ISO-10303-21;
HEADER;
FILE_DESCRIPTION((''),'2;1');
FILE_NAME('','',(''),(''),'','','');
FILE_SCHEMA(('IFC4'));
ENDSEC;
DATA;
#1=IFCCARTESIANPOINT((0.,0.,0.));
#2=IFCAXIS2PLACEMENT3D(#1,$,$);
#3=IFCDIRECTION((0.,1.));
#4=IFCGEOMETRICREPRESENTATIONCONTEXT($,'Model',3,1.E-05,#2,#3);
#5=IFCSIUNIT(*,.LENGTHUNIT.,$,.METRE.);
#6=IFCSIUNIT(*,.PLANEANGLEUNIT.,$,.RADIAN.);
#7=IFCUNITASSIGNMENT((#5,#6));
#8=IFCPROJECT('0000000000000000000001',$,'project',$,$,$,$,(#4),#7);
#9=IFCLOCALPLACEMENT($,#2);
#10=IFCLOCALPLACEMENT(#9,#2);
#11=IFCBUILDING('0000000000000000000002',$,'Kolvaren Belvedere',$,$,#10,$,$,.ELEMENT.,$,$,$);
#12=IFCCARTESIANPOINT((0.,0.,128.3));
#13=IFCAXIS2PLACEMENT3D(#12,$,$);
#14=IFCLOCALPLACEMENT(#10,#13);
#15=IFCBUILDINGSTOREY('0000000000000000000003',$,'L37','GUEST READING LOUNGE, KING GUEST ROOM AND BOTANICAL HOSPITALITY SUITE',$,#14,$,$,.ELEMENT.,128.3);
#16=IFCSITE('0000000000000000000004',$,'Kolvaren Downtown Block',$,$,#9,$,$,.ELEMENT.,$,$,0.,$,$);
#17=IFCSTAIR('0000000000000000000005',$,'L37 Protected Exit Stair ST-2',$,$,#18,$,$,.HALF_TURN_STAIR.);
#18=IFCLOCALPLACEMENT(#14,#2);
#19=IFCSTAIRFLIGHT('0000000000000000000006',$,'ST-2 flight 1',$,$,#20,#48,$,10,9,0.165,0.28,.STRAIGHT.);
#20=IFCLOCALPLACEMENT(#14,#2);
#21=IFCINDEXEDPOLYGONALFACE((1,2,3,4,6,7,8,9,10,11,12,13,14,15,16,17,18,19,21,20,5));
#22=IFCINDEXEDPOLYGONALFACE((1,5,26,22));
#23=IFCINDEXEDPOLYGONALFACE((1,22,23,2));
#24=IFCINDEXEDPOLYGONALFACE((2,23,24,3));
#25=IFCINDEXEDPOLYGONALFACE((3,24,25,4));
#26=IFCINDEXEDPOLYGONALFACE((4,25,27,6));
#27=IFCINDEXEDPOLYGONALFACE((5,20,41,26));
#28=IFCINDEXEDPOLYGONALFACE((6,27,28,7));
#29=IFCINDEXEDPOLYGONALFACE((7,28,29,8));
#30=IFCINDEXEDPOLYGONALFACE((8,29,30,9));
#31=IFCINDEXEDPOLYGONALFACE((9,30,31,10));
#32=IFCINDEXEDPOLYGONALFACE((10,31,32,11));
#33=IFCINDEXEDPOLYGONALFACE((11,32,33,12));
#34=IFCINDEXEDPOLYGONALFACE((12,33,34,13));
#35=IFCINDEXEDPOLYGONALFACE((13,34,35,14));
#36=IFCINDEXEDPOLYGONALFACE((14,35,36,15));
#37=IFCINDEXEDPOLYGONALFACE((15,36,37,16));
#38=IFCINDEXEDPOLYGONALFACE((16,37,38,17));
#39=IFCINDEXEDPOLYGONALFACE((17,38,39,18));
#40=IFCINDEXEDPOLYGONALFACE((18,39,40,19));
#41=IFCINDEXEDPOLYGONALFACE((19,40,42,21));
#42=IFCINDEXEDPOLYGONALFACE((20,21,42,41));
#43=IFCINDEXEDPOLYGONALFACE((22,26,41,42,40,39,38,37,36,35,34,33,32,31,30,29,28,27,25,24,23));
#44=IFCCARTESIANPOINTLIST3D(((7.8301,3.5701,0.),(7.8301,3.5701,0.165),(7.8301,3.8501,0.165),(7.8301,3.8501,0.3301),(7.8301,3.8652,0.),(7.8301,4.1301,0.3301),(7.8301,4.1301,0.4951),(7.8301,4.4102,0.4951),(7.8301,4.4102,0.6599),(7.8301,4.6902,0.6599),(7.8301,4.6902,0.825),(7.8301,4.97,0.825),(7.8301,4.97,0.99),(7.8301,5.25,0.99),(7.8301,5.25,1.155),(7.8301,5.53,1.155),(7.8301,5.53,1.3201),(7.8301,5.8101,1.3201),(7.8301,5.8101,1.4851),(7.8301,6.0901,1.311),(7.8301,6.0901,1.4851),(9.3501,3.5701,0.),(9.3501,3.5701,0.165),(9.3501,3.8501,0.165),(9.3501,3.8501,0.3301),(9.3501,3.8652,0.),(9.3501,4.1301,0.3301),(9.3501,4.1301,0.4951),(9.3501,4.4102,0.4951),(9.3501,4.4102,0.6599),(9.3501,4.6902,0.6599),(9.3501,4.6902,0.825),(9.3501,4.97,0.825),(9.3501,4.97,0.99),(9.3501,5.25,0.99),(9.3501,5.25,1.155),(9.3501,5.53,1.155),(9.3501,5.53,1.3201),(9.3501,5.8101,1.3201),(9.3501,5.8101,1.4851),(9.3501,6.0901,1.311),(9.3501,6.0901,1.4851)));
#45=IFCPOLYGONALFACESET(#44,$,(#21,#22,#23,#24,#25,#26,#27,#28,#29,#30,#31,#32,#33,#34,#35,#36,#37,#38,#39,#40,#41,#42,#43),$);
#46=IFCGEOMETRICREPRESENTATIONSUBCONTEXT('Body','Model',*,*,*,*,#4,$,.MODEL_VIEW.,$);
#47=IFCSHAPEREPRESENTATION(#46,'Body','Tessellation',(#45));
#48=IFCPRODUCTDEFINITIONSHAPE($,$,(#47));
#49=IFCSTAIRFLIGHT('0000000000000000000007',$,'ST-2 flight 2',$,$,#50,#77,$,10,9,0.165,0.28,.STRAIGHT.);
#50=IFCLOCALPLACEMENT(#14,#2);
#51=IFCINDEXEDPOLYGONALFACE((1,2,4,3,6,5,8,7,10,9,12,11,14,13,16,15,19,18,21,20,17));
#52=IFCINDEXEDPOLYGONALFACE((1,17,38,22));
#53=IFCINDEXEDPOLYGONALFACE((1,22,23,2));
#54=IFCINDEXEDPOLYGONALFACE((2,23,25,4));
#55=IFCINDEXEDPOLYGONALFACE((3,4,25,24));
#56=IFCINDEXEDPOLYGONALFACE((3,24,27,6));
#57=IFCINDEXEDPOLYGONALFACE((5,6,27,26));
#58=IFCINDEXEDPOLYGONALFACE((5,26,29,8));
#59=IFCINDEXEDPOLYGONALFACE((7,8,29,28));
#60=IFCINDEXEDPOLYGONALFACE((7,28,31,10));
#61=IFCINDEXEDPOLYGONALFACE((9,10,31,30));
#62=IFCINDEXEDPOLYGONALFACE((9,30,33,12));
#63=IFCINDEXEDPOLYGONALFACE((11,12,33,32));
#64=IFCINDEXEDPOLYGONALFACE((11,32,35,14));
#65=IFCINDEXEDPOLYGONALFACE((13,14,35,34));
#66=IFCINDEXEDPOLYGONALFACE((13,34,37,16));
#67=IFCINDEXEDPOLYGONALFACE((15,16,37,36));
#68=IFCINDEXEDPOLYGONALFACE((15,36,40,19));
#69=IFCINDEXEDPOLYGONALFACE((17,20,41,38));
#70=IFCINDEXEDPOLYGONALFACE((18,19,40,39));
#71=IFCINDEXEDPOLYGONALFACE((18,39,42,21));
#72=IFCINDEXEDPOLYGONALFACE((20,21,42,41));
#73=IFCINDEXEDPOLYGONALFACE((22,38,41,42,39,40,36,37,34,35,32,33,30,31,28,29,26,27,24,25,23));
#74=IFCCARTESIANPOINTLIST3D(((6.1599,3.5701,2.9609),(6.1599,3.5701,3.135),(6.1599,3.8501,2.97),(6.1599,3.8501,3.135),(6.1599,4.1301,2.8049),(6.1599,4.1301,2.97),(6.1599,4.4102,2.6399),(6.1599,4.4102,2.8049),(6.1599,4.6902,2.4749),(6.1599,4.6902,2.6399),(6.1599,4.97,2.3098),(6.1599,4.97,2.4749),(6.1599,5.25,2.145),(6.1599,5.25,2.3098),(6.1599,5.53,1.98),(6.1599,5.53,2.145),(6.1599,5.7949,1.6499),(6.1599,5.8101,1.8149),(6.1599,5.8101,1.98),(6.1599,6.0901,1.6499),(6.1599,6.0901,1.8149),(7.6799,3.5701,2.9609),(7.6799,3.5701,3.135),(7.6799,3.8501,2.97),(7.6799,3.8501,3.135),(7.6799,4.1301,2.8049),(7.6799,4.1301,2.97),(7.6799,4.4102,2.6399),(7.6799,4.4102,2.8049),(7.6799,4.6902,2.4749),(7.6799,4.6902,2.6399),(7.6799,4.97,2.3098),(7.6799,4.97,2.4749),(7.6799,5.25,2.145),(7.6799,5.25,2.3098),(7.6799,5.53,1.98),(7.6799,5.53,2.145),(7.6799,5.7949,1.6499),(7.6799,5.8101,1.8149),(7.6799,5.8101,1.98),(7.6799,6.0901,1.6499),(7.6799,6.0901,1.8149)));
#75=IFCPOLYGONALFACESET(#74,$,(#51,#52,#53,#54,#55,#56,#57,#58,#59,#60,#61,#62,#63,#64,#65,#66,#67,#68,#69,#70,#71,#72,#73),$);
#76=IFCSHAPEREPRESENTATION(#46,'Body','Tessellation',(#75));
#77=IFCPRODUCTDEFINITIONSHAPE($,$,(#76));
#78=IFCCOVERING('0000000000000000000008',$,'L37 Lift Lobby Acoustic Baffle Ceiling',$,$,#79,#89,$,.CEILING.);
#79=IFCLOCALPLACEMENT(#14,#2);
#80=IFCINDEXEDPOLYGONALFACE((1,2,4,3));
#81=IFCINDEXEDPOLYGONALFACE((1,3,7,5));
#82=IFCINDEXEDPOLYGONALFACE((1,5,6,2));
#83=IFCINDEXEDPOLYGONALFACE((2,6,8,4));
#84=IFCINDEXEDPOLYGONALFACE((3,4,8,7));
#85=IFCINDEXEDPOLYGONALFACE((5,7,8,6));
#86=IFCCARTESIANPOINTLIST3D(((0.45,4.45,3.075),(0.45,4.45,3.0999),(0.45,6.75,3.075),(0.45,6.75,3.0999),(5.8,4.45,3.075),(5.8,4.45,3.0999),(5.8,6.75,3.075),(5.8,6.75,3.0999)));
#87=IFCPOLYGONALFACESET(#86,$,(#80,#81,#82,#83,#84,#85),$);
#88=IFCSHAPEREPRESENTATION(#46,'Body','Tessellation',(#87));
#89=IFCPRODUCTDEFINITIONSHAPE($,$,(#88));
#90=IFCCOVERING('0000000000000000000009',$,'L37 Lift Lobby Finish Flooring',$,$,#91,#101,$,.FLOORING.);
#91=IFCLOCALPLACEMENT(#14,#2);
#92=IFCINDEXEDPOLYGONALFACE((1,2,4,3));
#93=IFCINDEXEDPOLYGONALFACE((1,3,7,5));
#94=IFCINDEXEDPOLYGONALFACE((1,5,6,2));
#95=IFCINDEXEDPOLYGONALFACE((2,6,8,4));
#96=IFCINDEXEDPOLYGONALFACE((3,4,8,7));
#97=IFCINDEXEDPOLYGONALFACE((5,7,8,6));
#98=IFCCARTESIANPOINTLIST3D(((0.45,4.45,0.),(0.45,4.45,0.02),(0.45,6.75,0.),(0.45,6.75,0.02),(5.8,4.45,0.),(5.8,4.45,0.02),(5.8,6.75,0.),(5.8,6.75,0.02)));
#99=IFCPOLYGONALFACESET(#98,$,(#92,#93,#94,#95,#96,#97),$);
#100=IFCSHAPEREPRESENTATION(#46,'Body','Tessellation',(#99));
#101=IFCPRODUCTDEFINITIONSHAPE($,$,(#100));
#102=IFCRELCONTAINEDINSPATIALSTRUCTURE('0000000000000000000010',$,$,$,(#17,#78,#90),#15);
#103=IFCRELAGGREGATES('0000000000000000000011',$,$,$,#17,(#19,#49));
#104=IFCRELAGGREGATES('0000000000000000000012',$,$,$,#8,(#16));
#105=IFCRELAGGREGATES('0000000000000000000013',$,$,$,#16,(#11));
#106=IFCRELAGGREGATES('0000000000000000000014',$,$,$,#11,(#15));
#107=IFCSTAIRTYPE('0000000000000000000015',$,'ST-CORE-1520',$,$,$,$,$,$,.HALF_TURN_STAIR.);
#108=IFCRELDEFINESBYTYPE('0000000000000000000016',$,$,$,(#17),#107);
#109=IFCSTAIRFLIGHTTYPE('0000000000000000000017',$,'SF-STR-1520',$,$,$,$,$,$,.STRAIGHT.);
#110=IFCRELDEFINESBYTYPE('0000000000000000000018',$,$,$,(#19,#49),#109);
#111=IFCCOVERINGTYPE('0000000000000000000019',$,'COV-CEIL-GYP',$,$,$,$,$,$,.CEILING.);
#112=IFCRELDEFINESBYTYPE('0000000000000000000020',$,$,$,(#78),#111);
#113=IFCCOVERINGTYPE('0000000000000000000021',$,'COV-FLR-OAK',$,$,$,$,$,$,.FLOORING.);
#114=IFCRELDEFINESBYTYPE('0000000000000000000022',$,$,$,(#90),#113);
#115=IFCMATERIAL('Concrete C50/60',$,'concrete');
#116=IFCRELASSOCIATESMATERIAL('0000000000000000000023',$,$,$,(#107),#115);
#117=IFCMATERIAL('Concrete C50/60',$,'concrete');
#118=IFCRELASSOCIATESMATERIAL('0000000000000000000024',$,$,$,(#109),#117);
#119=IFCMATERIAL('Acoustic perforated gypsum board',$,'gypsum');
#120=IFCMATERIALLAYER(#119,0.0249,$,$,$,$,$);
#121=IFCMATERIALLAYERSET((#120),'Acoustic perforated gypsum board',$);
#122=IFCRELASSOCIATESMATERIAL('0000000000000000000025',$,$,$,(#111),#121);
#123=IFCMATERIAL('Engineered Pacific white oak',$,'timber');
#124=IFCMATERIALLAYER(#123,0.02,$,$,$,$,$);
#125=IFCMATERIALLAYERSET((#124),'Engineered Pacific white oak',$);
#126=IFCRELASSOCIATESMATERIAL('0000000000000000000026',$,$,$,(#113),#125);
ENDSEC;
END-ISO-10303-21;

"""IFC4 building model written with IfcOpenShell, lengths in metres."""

from ifc_helpers import new_model, si_unit, direction, frame, origin, place, context, subcontext, project, spatial, polyline, outline, extrude, material, layer, layer_set, type_object, element, aggregate, save


model = new_model("IFC4")

# Units and contexts
model_context = context("Model", 3, precision=1e-05, world=origin(), true_north=direction((0.0, 1.0)))
body_context = subcontext(model_context, "Body", "Model", "MODEL_VIEW")
ifc_project = project(units=[si_unit("LENGTHUNIT", "METRE"), si_unit("PLANEANGLEUNIT", "RADIAN")], contexts=[model_context])

# Site, building, storey
site_placement = place(None, origin())
site = spatial("IfcSite", under=ifc_project, at=site_placement, Name="Kolvaren Downtown Block", CompositionType="ELEMENT", RefElevation=0.0)
building_placement = place(site_placement, origin())
building = spatial("IfcBuilding", under=site, at=building_placement, Name="Kolvaren Belvedere", CompositionType="ELEMENT")
storey_placement = place(building_placement, frame((0.0, 0.0, 128.3)))
storey = spatial("IfcBuildingStorey", under=building, at=storey_placement, Name="L37", Description="GUEST READING LOUNGE, KING GUEST ROOM AND BOTANICAL HOSPITALITY SUITE", CompositionType="ELEMENT", Elevation=128.3)

# Stair
ifc_material_1 = material(Name="Concrete C50/60", Category="concrete")
stair_type = type_object("IfcStairType", Name="ST-CORE-1520", PredefinedType="HALF_TURN_STAIR", material=ifc_material_1)
stair_1_placement = place(storey_placement, origin())
stair_1 = element("IfcStair", 1, at=stair_1_placement, inside=storey, type_object=stair_type, Name="L37 Protected Exit Stair ST-2", PredefinedType="HALF_TURN_STAIR")

# Stair flights
ifc_material_2 = material(Name="Concrete C50/60", Category="concrete")
stair_flight_type = type_object("IfcStairFlightType", Name="SF-STR-1520", PredefinedType="STRAIGHT", material=ifc_material_2)
stair_flight_1_placement = place(storey_placement, frame((8.5901, 3.5701, 0.0), z_axis=(0.0, 0.0, 1.0), x_axis=(0.0, 1.0, 0.0)))
stair_flight_1 = element("IfcStairFlight", 2, at=stair_flight_1_placement, type_object=stair_flight_type, Name="ST-2 flight 1", NumberOfRisers=10, NumberOfTreads=9, PredefinedType="STRAIGHT", RiserHeight=0.165, TreadLength=0.28, context=body_context, shape_type="SweptSolid", body=[
    extrude(outline(polyline([(0.0, 0.0), (0.0, 0.165), (0.28, 0.165), (0.28, 0.3301), (0.5601, 0.3301), (0.5601, 0.4951), (0.8401, 0.4951), (0.8401, 0.6599), (1.1201, 0.6599), (1.1201, 0.825), (1.3999, 0.825), (1.3999, 0.99), (1.6799, 0.99), (1.6799, 1.155), (1.96, 1.155), (1.96, 1.3201), (2.24, 1.3201), (2.24, 1.4851), (2.52, 1.4851), (2.52, 1.6499), (2.52, 1.311), (0.2952, 0.0), (0.0, 0.0)])), frame((0.0, 0.76, 0.0), z_axis=(0.0, -1.0, 0.0), x_axis=(1.0, 0.0, 0.0)), (0.0, 0.0, 1.0), 1.52),
])
stair_flight_2_placement = place(storey_placement, frame((6.9199, 6.0901, 1.6499), z_axis=(0.0, 0.0, 1.0), x_axis=(0.0, -1.0, 0.0)))
stair_flight_2 = element("IfcStairFlight", 3, at=stair_flight_2_placement, type_object=stair_flight_type, Name="ST-2 flight 2", NumberOfRisers=10, NumberOfTreads=9, PredefinedType="STRAIGHT", RiserHeight=0.165, TreadLength=0.28, context=body_context, shape_type="SweptSolid", body=[
    extrude(outline(polyline([(0.0, 0.0), (0.0, 0.165), (0.28, 0.165), (0.28, 0.3301), (0.5601, 0.3301), (0.5601, 0.4951), (0.8401, 0.4951), (0.8401, 0.6599), (1.1201, 0.6599), (1.1201, 0.825), (1.3999, 0.825), (1.3999, 0.99), (1.6799, 0.99), (1.6799, 1.155), (1.96, 1.155), (1.96, 1.3201), (2.24, 1.3201), (2.24, 1.4851), (2.52, 1.4851), (2.52, 1.6499), (2.52, 1.311), (0.2952, 0.0), (0.0, 0.0)])), frame((0.0, 0.76, 0.0), z_axis=(0.0, -1.0, 0.0), x_axis=(1.0, 0.0, 0.0)), (0.0, 0.0, 1.0), 1.52),
])
aggregate(stair_1, [stair_flight_1, stair_flight_2])

# Coverings
ifc_material_3 = material(Name="Acoustic perforated gypsum board", Category="gypsum")
ifc_layer_1 = layer(ifc_material_3, 0.0249)
ifc_layer_set_1 = layer_set([ifc_layer_1], Name="Acoustic perforated gypsum board")
covering_type_1 = type_object("IfcCoveringType", Name="COV-CEIL-GYP", PredefinedType="CEILING", material=ifc_layer_set_1)
covering_1_placement = place(storey_placement, frame((0.0, 0.0, 3.075)))
element("IfcCovering", 4, at=covering_1_placement, inside=storey, type_object=covering_type_1, Name="L37 Lift Lobby Acoustic Baffle Ceiling", PredefinedType="CEILING", context=body_context, shape_type="SweptSolid", body=[
    extrude(outline(polyline([(0.45, 4.45), (5.8, 4.45), (5.8, 6.75), (0.45, 6.75), (0.45, 4.45)])), origin(), (0.0, 0.0, 1.0), 0.0249),
])
ifc_material_4 = material(Name="Engineered Pacific white oak", Category="timber")
ifc_layer_2 = layer(ifc_material_4, 0.02)
ifc_layer_set_2 = layer_set([ifc_layer_2], Name="Engineered Pacific white oak")
covering_type_2 = type_object("IfcCoveringType", Name="COV-FLR-OAK", PredefinedType="FLOORING", material=ifc_layer_set_2)
covering_2_placement = place(storey_placement, origin())
element("IfcCovering", 5, at=covering_2_placement, inside=storey, type_object=covering_type_2, Name="L37 Lift Lobby Finish Flooring", PredefinedType="FLOORING", context=body_context, shape_type="SweptSolid", body=[
    extrude(outline(polyline([(0.45, 4.45), (5.8, 4.45), (5.8, 6.75), (0.45, 6.75), (0.45, 4.45)])), origin(), (0.0, 0.0, 1.0), 0.02),
])

save(model, "model.ifc")
